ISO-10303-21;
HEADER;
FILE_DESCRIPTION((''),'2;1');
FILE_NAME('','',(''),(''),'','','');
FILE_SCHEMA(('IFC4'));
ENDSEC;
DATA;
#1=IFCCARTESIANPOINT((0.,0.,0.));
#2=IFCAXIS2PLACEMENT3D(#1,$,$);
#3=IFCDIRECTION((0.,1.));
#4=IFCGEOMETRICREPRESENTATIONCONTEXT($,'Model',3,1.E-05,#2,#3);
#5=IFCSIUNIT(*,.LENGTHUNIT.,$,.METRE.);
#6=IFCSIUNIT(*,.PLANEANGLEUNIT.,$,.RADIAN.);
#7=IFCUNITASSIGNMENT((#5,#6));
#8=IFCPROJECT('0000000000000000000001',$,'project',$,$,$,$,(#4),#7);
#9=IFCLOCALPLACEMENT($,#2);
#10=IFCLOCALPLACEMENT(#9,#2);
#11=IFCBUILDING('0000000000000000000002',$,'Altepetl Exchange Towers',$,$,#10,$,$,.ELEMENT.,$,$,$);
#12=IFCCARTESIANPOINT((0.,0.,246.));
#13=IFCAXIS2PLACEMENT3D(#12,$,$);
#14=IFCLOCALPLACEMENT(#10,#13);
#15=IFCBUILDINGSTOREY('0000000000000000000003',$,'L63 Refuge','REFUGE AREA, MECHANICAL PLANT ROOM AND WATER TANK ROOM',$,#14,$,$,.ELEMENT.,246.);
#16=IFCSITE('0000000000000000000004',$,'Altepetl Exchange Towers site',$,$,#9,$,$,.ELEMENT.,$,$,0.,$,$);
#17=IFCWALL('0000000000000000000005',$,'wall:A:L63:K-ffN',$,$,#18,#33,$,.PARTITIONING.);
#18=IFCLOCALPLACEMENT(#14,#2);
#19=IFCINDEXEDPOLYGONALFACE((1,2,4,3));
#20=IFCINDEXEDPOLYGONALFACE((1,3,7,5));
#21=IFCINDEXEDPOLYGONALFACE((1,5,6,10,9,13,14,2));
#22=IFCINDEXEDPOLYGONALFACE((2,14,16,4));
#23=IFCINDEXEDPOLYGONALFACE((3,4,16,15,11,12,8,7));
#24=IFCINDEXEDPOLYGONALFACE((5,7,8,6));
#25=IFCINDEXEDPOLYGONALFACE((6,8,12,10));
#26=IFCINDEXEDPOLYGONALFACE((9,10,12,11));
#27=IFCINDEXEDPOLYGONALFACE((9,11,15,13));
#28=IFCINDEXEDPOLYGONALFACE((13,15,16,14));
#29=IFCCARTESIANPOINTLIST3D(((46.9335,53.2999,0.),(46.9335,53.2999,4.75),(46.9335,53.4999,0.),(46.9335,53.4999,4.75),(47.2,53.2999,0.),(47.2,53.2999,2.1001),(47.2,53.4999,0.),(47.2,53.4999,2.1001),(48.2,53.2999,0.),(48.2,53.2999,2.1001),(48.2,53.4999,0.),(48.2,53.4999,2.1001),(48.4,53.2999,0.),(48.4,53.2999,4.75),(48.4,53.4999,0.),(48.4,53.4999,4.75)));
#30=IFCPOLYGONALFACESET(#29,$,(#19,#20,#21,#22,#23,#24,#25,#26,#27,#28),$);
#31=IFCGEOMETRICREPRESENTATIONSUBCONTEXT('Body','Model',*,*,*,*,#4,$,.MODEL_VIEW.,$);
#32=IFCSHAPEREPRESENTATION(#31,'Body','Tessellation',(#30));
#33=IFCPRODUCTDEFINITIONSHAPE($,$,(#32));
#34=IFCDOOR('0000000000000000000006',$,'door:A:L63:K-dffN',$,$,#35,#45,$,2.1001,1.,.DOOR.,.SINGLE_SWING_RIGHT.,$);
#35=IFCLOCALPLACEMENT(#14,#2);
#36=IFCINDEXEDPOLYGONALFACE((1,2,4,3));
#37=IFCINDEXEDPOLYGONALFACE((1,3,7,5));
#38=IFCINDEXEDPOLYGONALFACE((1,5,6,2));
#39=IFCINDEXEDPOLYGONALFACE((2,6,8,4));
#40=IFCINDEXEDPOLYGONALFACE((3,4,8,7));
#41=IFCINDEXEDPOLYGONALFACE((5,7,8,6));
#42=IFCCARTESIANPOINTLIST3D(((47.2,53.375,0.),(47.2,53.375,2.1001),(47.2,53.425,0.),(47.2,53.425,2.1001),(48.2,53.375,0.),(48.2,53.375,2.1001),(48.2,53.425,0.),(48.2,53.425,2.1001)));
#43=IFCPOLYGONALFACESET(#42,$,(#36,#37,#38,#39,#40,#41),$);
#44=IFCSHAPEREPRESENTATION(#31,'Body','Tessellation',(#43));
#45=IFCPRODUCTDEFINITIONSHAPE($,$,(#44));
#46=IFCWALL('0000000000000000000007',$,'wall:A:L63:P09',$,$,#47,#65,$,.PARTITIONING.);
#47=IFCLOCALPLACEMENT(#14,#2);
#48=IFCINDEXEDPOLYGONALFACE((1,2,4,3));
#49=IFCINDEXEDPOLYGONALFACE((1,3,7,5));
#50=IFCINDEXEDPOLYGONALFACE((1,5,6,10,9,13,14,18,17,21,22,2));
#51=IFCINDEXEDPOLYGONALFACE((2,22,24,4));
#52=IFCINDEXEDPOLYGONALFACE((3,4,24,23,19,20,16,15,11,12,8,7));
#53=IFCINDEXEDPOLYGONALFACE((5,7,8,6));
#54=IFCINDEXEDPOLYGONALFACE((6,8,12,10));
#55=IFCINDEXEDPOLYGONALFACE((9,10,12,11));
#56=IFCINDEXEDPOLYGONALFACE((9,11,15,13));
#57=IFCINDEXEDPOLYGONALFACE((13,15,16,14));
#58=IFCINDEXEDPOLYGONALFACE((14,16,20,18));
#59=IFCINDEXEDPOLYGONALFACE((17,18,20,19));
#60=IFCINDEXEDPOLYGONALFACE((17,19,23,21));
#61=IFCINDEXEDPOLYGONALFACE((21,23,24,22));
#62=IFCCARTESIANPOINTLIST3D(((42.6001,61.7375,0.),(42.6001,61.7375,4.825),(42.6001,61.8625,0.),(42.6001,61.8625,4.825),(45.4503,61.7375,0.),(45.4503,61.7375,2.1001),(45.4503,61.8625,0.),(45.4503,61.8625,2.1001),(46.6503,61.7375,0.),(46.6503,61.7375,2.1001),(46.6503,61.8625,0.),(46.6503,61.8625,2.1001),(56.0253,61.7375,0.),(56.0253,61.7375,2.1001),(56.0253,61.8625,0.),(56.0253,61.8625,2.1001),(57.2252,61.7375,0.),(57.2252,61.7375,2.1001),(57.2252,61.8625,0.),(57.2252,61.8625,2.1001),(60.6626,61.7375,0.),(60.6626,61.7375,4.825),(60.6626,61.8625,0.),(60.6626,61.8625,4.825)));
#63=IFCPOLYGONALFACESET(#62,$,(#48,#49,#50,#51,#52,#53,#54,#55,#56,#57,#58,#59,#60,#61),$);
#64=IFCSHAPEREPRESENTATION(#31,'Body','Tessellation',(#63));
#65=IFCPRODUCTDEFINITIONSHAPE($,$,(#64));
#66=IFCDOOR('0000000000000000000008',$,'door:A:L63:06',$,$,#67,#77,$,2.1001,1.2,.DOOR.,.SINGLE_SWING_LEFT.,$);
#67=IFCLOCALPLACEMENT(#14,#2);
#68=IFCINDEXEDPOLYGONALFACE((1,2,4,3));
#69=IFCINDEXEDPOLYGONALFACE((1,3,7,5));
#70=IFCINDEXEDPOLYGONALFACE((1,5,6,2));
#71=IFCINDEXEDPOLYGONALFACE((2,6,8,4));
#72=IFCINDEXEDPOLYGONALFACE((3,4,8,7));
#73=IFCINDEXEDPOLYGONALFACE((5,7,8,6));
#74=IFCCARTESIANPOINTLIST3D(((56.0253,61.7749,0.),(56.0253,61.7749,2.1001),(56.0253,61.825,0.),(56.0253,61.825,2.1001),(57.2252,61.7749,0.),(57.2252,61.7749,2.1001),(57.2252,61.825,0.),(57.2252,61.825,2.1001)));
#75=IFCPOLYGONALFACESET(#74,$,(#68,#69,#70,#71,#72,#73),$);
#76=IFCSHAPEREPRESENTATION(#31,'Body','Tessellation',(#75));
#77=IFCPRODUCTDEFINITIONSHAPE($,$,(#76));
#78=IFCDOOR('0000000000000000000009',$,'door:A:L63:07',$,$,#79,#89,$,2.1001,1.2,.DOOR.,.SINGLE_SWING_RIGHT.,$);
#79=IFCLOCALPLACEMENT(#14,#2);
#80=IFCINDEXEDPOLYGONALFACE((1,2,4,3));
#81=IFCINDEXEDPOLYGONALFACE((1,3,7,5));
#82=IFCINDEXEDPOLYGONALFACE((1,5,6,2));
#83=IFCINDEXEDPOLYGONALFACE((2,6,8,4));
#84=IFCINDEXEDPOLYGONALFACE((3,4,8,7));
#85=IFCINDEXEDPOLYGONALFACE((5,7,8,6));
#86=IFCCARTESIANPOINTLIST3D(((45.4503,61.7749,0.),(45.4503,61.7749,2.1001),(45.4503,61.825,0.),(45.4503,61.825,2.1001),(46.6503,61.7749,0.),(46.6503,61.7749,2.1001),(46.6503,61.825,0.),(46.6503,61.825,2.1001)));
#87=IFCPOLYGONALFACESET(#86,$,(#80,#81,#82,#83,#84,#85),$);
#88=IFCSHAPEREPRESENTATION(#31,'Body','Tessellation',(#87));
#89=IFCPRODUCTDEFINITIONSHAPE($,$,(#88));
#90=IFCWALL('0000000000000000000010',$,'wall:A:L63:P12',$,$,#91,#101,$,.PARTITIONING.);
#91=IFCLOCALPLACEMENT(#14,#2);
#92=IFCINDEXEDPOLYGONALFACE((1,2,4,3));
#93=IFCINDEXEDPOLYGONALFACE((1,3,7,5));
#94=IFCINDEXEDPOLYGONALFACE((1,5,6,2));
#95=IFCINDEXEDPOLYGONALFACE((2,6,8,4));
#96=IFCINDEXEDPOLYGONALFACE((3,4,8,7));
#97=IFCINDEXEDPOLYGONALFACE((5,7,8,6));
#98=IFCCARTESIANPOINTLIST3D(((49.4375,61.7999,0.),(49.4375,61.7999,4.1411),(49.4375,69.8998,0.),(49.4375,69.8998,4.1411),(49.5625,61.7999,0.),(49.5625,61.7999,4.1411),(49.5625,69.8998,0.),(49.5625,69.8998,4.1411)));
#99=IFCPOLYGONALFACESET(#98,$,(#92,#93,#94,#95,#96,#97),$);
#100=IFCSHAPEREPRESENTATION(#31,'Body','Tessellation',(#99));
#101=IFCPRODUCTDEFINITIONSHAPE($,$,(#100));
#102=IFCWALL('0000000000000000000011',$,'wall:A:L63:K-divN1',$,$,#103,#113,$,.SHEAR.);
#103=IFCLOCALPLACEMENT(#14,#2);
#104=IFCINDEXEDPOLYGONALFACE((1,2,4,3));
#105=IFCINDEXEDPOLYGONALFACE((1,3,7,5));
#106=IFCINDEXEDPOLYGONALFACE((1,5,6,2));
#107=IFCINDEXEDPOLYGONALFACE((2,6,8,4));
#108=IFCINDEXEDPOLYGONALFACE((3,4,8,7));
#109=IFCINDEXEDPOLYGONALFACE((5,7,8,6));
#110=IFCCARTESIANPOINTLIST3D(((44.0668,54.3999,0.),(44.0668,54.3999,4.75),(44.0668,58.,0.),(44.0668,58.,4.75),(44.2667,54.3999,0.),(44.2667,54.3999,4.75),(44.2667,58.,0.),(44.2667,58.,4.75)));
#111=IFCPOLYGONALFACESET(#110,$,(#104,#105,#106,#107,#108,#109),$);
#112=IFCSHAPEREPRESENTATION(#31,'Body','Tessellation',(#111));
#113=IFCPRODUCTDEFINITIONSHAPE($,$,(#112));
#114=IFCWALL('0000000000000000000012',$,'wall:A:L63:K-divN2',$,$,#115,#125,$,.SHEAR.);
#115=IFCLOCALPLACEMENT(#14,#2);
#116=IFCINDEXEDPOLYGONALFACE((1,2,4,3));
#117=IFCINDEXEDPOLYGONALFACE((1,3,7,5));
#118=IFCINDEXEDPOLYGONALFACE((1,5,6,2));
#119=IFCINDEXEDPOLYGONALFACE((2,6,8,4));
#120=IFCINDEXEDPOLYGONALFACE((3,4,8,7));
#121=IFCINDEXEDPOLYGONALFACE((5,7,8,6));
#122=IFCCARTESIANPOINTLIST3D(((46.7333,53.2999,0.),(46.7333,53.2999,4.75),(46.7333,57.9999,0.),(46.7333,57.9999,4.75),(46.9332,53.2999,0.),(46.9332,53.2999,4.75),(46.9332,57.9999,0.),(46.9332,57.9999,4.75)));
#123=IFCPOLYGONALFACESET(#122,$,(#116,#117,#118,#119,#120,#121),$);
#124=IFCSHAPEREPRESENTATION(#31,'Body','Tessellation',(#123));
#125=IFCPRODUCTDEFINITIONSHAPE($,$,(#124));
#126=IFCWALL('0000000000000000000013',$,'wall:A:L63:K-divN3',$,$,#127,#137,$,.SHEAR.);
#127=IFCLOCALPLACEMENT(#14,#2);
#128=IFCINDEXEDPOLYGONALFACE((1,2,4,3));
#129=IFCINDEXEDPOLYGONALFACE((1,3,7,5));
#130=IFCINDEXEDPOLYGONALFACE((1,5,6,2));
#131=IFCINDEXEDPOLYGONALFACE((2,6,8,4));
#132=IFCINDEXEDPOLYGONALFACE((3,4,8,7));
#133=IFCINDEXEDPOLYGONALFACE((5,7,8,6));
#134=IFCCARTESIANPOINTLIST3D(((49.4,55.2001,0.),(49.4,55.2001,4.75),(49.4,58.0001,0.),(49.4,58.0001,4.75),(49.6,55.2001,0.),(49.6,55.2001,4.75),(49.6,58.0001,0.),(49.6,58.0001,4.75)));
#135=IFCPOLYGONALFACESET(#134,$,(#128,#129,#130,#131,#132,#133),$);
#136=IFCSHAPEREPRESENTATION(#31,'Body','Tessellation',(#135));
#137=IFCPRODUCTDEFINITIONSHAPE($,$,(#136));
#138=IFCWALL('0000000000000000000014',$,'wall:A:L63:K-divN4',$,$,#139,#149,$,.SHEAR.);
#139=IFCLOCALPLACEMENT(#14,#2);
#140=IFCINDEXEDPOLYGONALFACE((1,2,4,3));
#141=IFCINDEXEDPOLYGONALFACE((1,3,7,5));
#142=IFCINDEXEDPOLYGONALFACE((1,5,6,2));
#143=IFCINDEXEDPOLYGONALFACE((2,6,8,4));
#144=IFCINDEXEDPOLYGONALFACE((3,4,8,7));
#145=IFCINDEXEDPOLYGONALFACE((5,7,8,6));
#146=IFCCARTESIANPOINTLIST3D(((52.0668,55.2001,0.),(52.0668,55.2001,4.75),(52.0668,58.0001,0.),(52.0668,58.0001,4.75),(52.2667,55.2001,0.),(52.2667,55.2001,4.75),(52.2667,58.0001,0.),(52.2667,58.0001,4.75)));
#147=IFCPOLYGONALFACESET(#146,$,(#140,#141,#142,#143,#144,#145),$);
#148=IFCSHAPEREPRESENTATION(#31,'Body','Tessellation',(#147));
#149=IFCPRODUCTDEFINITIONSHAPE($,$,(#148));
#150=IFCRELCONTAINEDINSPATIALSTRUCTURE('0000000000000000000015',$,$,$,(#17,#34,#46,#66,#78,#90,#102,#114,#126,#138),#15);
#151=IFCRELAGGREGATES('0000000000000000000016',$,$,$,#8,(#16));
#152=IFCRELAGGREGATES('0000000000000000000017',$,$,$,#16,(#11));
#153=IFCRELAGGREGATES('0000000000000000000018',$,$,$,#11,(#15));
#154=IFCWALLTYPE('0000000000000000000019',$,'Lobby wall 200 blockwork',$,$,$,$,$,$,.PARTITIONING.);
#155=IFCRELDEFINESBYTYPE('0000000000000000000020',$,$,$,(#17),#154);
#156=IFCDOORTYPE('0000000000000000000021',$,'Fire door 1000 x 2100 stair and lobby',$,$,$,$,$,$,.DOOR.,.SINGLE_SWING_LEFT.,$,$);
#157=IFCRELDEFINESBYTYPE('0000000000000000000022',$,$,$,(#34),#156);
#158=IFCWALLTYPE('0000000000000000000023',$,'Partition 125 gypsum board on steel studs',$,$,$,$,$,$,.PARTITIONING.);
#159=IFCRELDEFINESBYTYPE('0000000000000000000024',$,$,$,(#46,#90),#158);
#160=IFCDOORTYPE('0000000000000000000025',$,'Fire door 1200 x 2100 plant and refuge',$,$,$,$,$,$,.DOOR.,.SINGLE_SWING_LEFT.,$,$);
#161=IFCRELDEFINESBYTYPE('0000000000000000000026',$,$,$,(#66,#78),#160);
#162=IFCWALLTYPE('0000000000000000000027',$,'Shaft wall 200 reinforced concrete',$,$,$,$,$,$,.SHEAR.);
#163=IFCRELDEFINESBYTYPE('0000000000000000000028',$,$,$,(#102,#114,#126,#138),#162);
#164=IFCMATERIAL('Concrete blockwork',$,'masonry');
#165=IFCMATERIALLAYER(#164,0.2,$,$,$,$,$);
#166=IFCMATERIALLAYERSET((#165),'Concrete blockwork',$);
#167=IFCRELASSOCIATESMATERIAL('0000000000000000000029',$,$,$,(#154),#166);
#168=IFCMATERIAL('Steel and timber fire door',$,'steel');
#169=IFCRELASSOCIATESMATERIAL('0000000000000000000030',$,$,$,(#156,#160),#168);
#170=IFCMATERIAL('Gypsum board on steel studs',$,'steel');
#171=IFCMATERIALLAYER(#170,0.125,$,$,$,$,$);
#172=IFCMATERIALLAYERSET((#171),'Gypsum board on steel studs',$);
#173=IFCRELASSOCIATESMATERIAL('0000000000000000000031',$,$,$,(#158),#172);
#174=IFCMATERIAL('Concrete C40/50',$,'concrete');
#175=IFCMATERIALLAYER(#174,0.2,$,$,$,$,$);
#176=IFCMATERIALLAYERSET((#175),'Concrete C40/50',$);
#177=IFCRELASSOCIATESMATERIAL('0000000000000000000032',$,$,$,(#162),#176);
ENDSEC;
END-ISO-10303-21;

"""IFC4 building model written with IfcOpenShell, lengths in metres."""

from ifc_helpers import new_model, si_unit, direction, frame, frame_2d, origin, place, context, subcontext, project, spatial, rectangle, extrude, material, layer, layer_set, type_object, element, fill, save


model = new_model("IFC4")

# Units and contexts
model_context = context("Model", 3, precision=1e-05, world=origin(), true_north=direction((0.0, 1.0)))
body_context = subcontext(model_context, "Body", "Model", "MODEL_VIEW")
ifc_project = project(units=[si_unit("LENGTHUNIT", "METRE"), si_unit("PLANEANGLEUNIT", "RADIAN")], contexts=[model_context])

# Site, building, storey
site_placement = place(None, origin())
site = spatial("IfcSite", under=ifc_project, at=site_placement, Name="Altepetl Exchange Towers site", CompositionType="ELEMENT", RefElevation=0.0)
building_placement = place(site_placement, origin())
building = spatial("IfcBuilding", under=site, at=building_placement, Name="Altepetl Exchange Towers", CompositionType="ELEMENT")
storey_placement = place(building_placement, frame((0.0, 0.0, 246.0)))
storey = spatial("IfcBuildingStorey", under=building, at=storey_placement, Name="L63 Refuge", Description="REFUGE AREA, MECHANICAL PLANT ROOM AND WATER TANK ROOM", CompositionType="ELEMENT", Elevation=246.0)

# Shared definitions
ifc_material_1 = material(Name="Concrete blockwork", Category="masonry")
ifc_layer_1 = layer(ifc_material_1, 0.2)
ifc_layer_set_1 = layer_set([ifc_layer_1], Name="Concrete blockwork")
wall_type_1 = type_object("IfcWallType", Name="Lobby wall 200 blockwork", PredefinedType="PARTITIONING", material=ifc_layer_set_1)

# Wall, opening, door
wall_1_placement = place(storey_placement, frame((46.9333, 53.3999, 0.0)))
wall_1 = element("IfcWall", 1, at=wall_1_placement, inside=storey, type_object=wall_type_1, Name="wall:A:L63:K-ffN", PredefinedType="PARTITIONING", context=body_context, shape_type="SweptSolid", body=[
    extrude(rectangle(XDim=1.4666, YDim=0.2, at=frame_2d((0.7334, 0.0))), origin(), (0.0, 0.0, 1.0), 4.75),
])
opening_1_placement = place(wall_1_placement, frame((0.2666, 0.0, 0.0)))
opening_1 = element("IfcOpeningElement", 2, at=opening_1_placement, cuts=wall_1, PredefinedType="OPENING", context=body_context, shape_type="SweptSolid", body=[
    extrude(rectangle(XDim=1.0, YDim=2.1001, at=frame_2d((0.5, 1.05))), frame((0.0, 0.1099, 0.0), z_axis=(0.0, -1.0, 0.0), x_axis=(1.0, 0.0, 0.0)), (0.0, 0.0, 1.0), 0.22),
])
ifc_material_2 = material(Name="Steel and timber fire door", Category="steel")
door_type_1 = type_object("IfcDoorType", Name="Fire door 1000 x 2100 stair and lobby", OperationType="SINGLE_SWING_LEFT", PredefinedType="DOOR", material=ifc_material_2)
door_1_placement = place(opening_1_placement, frame((1.0, 0.0, 0.0), x_axis=(-1.0, 0.0, 0.0)))
door_1 = element("IfcDoor", 3, at=door_1_placement, inside=storey, type_object=door_type_1, Name="door:A:L63:K-dffN", OperationType="SINGLE_SWING_RIGHT", OverallHeight=2.1001, OverallWidth=1.0, PredefinedType="DOOR", context=body_context, shape_type="SweptSolid", body=[
    extrude(rectangle(XDim=1.0, YDim=2.1001, at=frame_2d((0.5, 1.05))), frame((0.0, 0.0249, 0.0), z_axis=(0.0, -1.0, 0.0), x_axis=(1.0, 0.0, 0.0)), (0.0, 0.0, 1.0), 0.05),
])
fill(opening_1, door_1)

# Wall, openings, doors
ifc_material_3 = material(Name="Gypsum board on steel studs", Category="steel")
ifc_layer_2 = layer(ifc_material_3, 0.125)
ifc_layer_set_2 = layer_set([ifc_layer_2], Name="Gypsum board on steel studs")
wall_type_2 = type_object("IfcWallType", Name="Partition 125 gypsum board on steel studs", PredefinedType="PARTITIONING", material=ifc_layer_set_2)
wall_2_placement = place(storey_placement, frame((42.6001, 61.8, 0.0)))
wall_2 = element("IfcWall", 4, at=wall_2_placement, inside=storey, type_object=wall_type_2, Name="wall:A:L63:P09", PredefinedType="PARTITIONING", context=body_context, shape_type="SweptSolid", body=[
    extrude(rectangle(XDim=18.0625, YDim=0.125, at=frame_2d((9.0312, 0.0))), origin(), (0.0, 0.0, 1.0), 4.825),
])
opening_2_placement = place(wall_2_placement, frame((13.425, 0.0, 0.0)))
opening_2 = element("IfcOpeningElement", 5, at=opening_2_placement, cuts=wall_2, PredefinedType="OPENING", context=body_context, shape_type="SweptSolid", body=[
    extrude(rectangle(XDim=1.2, YDim=2.1001, at=frame_2d((0.6001, 1.05))), frame((0.0, 0.0725, 0.0), z_axis=(0.0, -1.0, 0.0), x_axis=(1.0, 0.0, 0.0)), (0.0, 0.0, 1.0), 0.145),
])
opening_3_placement = place(wall_2_placement, frame((2.8501, 0.0, 0.0)))
opening_3 = element("IfcOpeningElement", 6, at=opening_3_placement, cuts=wall_2, PredefinedType="OPENING", context=body_context, shape_type="SweptSolid", body=[
    extrude(rectangle(XDim=1.2, YDim=2.1001, at=frame_2d((0.6001, 1.05))), frame((0.0, 0.0725, 0.0), z_axis=(0.0, -1.0, 0.0), x_axis=(1.0, 0.0, 0.0)), (0.0, 0.0, 1.0), 0.145),
])
door_type_2 = type_object("IfcDoorType", Name="Fire door 1200 x 2100 plant and refuge", OperationType="SINGLE_SWING_LEFT", PredefinedType="DOOR", material=ifc_material_2)
door_2_placement = place(opening_2_placement, origin())
door_2 = element("IfcDoor", 7, at=door_2_placement, inside=storey, type_object=door_type_2, Name="door:A:L63:06", OperationType="SINGLE_SWING_LEFT", OverallHeight=2.1001, OverallWidth=1.2, PredefinedType="DOOR", context=body_context, shape_type="SweptSolid", body=[
    extrude(rectangle(XDim=1.2, YDim=2.1001, at=frame_2d((0.6001, 1.05))), frame((0.0, 0.0249, 0.0), z_axis=(0.0, -1.0, 0.0), x_axis=(1.0, 0.0, 0.0)), (0.0, 0.0, 1.0), 0.05),
])
fill(opening_2, door_2)
door_3_placement = place(opening_3_placement, origin())
door_3 = element("IfcDoor", 8, at=door_3_placement, inside=storey, type_object=door_type_2, Name="door:A:L63:07", OperationType="SINGLE_SWING_RIGHT", OverallHeight=2.1001, OverallWidth=1.2, PredefinedType="DOOR", context=body_context, shape_type="SweptSolid", body=[
    extrude(rectangle(XDim=1.2, YDim=2.1001, at=frame_2d((0.6001, 1.05))), frame((0.0, 0.0249, 0.0), z_axis=(0.0, -1.0, 0.0), x_axis=(1.0, 0.0, 0.0)), (0.0, 0.0, 1.0), 0.05),
])
fill(opening_3, door_3)

# Walls
wall_3_placement = place(storey_placement, frame((49.5, 61.8, 0.0), z_axis=(0.0, 0.0, 1.0), x_axis=(0.0, 1.0, 0.0)))
element("IfcWall", 9, at=wall_3_placement, inside=storey, type_object=wall_type_2, Name="wall:A:L63:P12", PredefinedType="PARTITIONING", context=body_context, shape_type="SweptSolid", body=[
    extrude(rectangle(XDim=8.0999, YDim=0.125, at=frame_2d((4.0498, 0.0))), origin(), (0.0, 0.0, 1.0), 4.1411),
])
ifc_material_4 = material(Name="Concrete C40/50", Category="concrete")
ifc_layer_3 = layer(ifc_material_4, 0.2)
ifc_layer_set_3 = layer_set([ifc_layer_3], Name="Concrete C40/50")
wall_type_3 = type_object("IfcWallType", Name="Shaft wall 200 reinforced concrete", PredefinedType="SHEAR", material=ifc_layer_set_3)
wall_4_placement = place(storey_placement, frame((44.1667, 58.0, 0.0), z_axis=(0.0, 0.0, 1.0), x_axis=(0.0, -1.0, 0.0)))
element("IfcWall", 10, at=wall_4_placement, inside=storey, type_object=wall_type_3, Name="wall:A:L63:K-divN1", PredefinedType="SHEAR", context=body_context, shape_type="SweptSolid", body=[
    extrude(rectangle(XDim=3.6001, YDim=0.2, at=frame_2d((1.8, 0.0))), origin(), (0.0, 0.0, 1.0), 4.75),
])
wall_5_placement = place(storey_placement, frame((46.8333, 58.0, 0.0), z_axis=(0.0, 0.0, 1.0), x_axis=(0.0, -1.0, 0.0)))
element("IfcWall", 11, at=wall_5_placement, inside=storey, type_object=wall_type_3, Name="wall:A:L63:K-divN2", PredefinedType="SHEAR", context=body_context, shape_type="SweptSolid", body=[
    extrude(rectangle(XDim=4.7, YDim=0.2, at=frame_2d((2.3501, 0.0))), origin(), (0.0, 0.0, 1.0), 4.75),
])
for number, where, z_axis, x_axis, name in (
    (12, (49.5, 58.0, 0.0), (0.0, 0.0, 1.0), (0.0, -1.0, 0.0), "wall:A:L63:K-divN3"),
    (13, (52.1667, 58.0, 0.0), (0.0, 0.0, 1.0), (0.0, -1.0, 0.0), "wall:A:L63:K-divN4"),
):
    element("IfcWall", number, at=place(storey_placement, frame(where, z_axis=z_axis, x_axis=x_axis)), inside=storey, type_object=wall_type_3, Name=name, PredefinedType="SHEAR", context=body_context, shape_type="SweptSolid", body=[
        extrude(rectangle(XDim=2.8, YDim=0.2, at=frame_2d((1.3999, 0.0))), origin(), (0.0, 0.0, 1.0), 4.75),
    ])

save(model, "model.ifc")
